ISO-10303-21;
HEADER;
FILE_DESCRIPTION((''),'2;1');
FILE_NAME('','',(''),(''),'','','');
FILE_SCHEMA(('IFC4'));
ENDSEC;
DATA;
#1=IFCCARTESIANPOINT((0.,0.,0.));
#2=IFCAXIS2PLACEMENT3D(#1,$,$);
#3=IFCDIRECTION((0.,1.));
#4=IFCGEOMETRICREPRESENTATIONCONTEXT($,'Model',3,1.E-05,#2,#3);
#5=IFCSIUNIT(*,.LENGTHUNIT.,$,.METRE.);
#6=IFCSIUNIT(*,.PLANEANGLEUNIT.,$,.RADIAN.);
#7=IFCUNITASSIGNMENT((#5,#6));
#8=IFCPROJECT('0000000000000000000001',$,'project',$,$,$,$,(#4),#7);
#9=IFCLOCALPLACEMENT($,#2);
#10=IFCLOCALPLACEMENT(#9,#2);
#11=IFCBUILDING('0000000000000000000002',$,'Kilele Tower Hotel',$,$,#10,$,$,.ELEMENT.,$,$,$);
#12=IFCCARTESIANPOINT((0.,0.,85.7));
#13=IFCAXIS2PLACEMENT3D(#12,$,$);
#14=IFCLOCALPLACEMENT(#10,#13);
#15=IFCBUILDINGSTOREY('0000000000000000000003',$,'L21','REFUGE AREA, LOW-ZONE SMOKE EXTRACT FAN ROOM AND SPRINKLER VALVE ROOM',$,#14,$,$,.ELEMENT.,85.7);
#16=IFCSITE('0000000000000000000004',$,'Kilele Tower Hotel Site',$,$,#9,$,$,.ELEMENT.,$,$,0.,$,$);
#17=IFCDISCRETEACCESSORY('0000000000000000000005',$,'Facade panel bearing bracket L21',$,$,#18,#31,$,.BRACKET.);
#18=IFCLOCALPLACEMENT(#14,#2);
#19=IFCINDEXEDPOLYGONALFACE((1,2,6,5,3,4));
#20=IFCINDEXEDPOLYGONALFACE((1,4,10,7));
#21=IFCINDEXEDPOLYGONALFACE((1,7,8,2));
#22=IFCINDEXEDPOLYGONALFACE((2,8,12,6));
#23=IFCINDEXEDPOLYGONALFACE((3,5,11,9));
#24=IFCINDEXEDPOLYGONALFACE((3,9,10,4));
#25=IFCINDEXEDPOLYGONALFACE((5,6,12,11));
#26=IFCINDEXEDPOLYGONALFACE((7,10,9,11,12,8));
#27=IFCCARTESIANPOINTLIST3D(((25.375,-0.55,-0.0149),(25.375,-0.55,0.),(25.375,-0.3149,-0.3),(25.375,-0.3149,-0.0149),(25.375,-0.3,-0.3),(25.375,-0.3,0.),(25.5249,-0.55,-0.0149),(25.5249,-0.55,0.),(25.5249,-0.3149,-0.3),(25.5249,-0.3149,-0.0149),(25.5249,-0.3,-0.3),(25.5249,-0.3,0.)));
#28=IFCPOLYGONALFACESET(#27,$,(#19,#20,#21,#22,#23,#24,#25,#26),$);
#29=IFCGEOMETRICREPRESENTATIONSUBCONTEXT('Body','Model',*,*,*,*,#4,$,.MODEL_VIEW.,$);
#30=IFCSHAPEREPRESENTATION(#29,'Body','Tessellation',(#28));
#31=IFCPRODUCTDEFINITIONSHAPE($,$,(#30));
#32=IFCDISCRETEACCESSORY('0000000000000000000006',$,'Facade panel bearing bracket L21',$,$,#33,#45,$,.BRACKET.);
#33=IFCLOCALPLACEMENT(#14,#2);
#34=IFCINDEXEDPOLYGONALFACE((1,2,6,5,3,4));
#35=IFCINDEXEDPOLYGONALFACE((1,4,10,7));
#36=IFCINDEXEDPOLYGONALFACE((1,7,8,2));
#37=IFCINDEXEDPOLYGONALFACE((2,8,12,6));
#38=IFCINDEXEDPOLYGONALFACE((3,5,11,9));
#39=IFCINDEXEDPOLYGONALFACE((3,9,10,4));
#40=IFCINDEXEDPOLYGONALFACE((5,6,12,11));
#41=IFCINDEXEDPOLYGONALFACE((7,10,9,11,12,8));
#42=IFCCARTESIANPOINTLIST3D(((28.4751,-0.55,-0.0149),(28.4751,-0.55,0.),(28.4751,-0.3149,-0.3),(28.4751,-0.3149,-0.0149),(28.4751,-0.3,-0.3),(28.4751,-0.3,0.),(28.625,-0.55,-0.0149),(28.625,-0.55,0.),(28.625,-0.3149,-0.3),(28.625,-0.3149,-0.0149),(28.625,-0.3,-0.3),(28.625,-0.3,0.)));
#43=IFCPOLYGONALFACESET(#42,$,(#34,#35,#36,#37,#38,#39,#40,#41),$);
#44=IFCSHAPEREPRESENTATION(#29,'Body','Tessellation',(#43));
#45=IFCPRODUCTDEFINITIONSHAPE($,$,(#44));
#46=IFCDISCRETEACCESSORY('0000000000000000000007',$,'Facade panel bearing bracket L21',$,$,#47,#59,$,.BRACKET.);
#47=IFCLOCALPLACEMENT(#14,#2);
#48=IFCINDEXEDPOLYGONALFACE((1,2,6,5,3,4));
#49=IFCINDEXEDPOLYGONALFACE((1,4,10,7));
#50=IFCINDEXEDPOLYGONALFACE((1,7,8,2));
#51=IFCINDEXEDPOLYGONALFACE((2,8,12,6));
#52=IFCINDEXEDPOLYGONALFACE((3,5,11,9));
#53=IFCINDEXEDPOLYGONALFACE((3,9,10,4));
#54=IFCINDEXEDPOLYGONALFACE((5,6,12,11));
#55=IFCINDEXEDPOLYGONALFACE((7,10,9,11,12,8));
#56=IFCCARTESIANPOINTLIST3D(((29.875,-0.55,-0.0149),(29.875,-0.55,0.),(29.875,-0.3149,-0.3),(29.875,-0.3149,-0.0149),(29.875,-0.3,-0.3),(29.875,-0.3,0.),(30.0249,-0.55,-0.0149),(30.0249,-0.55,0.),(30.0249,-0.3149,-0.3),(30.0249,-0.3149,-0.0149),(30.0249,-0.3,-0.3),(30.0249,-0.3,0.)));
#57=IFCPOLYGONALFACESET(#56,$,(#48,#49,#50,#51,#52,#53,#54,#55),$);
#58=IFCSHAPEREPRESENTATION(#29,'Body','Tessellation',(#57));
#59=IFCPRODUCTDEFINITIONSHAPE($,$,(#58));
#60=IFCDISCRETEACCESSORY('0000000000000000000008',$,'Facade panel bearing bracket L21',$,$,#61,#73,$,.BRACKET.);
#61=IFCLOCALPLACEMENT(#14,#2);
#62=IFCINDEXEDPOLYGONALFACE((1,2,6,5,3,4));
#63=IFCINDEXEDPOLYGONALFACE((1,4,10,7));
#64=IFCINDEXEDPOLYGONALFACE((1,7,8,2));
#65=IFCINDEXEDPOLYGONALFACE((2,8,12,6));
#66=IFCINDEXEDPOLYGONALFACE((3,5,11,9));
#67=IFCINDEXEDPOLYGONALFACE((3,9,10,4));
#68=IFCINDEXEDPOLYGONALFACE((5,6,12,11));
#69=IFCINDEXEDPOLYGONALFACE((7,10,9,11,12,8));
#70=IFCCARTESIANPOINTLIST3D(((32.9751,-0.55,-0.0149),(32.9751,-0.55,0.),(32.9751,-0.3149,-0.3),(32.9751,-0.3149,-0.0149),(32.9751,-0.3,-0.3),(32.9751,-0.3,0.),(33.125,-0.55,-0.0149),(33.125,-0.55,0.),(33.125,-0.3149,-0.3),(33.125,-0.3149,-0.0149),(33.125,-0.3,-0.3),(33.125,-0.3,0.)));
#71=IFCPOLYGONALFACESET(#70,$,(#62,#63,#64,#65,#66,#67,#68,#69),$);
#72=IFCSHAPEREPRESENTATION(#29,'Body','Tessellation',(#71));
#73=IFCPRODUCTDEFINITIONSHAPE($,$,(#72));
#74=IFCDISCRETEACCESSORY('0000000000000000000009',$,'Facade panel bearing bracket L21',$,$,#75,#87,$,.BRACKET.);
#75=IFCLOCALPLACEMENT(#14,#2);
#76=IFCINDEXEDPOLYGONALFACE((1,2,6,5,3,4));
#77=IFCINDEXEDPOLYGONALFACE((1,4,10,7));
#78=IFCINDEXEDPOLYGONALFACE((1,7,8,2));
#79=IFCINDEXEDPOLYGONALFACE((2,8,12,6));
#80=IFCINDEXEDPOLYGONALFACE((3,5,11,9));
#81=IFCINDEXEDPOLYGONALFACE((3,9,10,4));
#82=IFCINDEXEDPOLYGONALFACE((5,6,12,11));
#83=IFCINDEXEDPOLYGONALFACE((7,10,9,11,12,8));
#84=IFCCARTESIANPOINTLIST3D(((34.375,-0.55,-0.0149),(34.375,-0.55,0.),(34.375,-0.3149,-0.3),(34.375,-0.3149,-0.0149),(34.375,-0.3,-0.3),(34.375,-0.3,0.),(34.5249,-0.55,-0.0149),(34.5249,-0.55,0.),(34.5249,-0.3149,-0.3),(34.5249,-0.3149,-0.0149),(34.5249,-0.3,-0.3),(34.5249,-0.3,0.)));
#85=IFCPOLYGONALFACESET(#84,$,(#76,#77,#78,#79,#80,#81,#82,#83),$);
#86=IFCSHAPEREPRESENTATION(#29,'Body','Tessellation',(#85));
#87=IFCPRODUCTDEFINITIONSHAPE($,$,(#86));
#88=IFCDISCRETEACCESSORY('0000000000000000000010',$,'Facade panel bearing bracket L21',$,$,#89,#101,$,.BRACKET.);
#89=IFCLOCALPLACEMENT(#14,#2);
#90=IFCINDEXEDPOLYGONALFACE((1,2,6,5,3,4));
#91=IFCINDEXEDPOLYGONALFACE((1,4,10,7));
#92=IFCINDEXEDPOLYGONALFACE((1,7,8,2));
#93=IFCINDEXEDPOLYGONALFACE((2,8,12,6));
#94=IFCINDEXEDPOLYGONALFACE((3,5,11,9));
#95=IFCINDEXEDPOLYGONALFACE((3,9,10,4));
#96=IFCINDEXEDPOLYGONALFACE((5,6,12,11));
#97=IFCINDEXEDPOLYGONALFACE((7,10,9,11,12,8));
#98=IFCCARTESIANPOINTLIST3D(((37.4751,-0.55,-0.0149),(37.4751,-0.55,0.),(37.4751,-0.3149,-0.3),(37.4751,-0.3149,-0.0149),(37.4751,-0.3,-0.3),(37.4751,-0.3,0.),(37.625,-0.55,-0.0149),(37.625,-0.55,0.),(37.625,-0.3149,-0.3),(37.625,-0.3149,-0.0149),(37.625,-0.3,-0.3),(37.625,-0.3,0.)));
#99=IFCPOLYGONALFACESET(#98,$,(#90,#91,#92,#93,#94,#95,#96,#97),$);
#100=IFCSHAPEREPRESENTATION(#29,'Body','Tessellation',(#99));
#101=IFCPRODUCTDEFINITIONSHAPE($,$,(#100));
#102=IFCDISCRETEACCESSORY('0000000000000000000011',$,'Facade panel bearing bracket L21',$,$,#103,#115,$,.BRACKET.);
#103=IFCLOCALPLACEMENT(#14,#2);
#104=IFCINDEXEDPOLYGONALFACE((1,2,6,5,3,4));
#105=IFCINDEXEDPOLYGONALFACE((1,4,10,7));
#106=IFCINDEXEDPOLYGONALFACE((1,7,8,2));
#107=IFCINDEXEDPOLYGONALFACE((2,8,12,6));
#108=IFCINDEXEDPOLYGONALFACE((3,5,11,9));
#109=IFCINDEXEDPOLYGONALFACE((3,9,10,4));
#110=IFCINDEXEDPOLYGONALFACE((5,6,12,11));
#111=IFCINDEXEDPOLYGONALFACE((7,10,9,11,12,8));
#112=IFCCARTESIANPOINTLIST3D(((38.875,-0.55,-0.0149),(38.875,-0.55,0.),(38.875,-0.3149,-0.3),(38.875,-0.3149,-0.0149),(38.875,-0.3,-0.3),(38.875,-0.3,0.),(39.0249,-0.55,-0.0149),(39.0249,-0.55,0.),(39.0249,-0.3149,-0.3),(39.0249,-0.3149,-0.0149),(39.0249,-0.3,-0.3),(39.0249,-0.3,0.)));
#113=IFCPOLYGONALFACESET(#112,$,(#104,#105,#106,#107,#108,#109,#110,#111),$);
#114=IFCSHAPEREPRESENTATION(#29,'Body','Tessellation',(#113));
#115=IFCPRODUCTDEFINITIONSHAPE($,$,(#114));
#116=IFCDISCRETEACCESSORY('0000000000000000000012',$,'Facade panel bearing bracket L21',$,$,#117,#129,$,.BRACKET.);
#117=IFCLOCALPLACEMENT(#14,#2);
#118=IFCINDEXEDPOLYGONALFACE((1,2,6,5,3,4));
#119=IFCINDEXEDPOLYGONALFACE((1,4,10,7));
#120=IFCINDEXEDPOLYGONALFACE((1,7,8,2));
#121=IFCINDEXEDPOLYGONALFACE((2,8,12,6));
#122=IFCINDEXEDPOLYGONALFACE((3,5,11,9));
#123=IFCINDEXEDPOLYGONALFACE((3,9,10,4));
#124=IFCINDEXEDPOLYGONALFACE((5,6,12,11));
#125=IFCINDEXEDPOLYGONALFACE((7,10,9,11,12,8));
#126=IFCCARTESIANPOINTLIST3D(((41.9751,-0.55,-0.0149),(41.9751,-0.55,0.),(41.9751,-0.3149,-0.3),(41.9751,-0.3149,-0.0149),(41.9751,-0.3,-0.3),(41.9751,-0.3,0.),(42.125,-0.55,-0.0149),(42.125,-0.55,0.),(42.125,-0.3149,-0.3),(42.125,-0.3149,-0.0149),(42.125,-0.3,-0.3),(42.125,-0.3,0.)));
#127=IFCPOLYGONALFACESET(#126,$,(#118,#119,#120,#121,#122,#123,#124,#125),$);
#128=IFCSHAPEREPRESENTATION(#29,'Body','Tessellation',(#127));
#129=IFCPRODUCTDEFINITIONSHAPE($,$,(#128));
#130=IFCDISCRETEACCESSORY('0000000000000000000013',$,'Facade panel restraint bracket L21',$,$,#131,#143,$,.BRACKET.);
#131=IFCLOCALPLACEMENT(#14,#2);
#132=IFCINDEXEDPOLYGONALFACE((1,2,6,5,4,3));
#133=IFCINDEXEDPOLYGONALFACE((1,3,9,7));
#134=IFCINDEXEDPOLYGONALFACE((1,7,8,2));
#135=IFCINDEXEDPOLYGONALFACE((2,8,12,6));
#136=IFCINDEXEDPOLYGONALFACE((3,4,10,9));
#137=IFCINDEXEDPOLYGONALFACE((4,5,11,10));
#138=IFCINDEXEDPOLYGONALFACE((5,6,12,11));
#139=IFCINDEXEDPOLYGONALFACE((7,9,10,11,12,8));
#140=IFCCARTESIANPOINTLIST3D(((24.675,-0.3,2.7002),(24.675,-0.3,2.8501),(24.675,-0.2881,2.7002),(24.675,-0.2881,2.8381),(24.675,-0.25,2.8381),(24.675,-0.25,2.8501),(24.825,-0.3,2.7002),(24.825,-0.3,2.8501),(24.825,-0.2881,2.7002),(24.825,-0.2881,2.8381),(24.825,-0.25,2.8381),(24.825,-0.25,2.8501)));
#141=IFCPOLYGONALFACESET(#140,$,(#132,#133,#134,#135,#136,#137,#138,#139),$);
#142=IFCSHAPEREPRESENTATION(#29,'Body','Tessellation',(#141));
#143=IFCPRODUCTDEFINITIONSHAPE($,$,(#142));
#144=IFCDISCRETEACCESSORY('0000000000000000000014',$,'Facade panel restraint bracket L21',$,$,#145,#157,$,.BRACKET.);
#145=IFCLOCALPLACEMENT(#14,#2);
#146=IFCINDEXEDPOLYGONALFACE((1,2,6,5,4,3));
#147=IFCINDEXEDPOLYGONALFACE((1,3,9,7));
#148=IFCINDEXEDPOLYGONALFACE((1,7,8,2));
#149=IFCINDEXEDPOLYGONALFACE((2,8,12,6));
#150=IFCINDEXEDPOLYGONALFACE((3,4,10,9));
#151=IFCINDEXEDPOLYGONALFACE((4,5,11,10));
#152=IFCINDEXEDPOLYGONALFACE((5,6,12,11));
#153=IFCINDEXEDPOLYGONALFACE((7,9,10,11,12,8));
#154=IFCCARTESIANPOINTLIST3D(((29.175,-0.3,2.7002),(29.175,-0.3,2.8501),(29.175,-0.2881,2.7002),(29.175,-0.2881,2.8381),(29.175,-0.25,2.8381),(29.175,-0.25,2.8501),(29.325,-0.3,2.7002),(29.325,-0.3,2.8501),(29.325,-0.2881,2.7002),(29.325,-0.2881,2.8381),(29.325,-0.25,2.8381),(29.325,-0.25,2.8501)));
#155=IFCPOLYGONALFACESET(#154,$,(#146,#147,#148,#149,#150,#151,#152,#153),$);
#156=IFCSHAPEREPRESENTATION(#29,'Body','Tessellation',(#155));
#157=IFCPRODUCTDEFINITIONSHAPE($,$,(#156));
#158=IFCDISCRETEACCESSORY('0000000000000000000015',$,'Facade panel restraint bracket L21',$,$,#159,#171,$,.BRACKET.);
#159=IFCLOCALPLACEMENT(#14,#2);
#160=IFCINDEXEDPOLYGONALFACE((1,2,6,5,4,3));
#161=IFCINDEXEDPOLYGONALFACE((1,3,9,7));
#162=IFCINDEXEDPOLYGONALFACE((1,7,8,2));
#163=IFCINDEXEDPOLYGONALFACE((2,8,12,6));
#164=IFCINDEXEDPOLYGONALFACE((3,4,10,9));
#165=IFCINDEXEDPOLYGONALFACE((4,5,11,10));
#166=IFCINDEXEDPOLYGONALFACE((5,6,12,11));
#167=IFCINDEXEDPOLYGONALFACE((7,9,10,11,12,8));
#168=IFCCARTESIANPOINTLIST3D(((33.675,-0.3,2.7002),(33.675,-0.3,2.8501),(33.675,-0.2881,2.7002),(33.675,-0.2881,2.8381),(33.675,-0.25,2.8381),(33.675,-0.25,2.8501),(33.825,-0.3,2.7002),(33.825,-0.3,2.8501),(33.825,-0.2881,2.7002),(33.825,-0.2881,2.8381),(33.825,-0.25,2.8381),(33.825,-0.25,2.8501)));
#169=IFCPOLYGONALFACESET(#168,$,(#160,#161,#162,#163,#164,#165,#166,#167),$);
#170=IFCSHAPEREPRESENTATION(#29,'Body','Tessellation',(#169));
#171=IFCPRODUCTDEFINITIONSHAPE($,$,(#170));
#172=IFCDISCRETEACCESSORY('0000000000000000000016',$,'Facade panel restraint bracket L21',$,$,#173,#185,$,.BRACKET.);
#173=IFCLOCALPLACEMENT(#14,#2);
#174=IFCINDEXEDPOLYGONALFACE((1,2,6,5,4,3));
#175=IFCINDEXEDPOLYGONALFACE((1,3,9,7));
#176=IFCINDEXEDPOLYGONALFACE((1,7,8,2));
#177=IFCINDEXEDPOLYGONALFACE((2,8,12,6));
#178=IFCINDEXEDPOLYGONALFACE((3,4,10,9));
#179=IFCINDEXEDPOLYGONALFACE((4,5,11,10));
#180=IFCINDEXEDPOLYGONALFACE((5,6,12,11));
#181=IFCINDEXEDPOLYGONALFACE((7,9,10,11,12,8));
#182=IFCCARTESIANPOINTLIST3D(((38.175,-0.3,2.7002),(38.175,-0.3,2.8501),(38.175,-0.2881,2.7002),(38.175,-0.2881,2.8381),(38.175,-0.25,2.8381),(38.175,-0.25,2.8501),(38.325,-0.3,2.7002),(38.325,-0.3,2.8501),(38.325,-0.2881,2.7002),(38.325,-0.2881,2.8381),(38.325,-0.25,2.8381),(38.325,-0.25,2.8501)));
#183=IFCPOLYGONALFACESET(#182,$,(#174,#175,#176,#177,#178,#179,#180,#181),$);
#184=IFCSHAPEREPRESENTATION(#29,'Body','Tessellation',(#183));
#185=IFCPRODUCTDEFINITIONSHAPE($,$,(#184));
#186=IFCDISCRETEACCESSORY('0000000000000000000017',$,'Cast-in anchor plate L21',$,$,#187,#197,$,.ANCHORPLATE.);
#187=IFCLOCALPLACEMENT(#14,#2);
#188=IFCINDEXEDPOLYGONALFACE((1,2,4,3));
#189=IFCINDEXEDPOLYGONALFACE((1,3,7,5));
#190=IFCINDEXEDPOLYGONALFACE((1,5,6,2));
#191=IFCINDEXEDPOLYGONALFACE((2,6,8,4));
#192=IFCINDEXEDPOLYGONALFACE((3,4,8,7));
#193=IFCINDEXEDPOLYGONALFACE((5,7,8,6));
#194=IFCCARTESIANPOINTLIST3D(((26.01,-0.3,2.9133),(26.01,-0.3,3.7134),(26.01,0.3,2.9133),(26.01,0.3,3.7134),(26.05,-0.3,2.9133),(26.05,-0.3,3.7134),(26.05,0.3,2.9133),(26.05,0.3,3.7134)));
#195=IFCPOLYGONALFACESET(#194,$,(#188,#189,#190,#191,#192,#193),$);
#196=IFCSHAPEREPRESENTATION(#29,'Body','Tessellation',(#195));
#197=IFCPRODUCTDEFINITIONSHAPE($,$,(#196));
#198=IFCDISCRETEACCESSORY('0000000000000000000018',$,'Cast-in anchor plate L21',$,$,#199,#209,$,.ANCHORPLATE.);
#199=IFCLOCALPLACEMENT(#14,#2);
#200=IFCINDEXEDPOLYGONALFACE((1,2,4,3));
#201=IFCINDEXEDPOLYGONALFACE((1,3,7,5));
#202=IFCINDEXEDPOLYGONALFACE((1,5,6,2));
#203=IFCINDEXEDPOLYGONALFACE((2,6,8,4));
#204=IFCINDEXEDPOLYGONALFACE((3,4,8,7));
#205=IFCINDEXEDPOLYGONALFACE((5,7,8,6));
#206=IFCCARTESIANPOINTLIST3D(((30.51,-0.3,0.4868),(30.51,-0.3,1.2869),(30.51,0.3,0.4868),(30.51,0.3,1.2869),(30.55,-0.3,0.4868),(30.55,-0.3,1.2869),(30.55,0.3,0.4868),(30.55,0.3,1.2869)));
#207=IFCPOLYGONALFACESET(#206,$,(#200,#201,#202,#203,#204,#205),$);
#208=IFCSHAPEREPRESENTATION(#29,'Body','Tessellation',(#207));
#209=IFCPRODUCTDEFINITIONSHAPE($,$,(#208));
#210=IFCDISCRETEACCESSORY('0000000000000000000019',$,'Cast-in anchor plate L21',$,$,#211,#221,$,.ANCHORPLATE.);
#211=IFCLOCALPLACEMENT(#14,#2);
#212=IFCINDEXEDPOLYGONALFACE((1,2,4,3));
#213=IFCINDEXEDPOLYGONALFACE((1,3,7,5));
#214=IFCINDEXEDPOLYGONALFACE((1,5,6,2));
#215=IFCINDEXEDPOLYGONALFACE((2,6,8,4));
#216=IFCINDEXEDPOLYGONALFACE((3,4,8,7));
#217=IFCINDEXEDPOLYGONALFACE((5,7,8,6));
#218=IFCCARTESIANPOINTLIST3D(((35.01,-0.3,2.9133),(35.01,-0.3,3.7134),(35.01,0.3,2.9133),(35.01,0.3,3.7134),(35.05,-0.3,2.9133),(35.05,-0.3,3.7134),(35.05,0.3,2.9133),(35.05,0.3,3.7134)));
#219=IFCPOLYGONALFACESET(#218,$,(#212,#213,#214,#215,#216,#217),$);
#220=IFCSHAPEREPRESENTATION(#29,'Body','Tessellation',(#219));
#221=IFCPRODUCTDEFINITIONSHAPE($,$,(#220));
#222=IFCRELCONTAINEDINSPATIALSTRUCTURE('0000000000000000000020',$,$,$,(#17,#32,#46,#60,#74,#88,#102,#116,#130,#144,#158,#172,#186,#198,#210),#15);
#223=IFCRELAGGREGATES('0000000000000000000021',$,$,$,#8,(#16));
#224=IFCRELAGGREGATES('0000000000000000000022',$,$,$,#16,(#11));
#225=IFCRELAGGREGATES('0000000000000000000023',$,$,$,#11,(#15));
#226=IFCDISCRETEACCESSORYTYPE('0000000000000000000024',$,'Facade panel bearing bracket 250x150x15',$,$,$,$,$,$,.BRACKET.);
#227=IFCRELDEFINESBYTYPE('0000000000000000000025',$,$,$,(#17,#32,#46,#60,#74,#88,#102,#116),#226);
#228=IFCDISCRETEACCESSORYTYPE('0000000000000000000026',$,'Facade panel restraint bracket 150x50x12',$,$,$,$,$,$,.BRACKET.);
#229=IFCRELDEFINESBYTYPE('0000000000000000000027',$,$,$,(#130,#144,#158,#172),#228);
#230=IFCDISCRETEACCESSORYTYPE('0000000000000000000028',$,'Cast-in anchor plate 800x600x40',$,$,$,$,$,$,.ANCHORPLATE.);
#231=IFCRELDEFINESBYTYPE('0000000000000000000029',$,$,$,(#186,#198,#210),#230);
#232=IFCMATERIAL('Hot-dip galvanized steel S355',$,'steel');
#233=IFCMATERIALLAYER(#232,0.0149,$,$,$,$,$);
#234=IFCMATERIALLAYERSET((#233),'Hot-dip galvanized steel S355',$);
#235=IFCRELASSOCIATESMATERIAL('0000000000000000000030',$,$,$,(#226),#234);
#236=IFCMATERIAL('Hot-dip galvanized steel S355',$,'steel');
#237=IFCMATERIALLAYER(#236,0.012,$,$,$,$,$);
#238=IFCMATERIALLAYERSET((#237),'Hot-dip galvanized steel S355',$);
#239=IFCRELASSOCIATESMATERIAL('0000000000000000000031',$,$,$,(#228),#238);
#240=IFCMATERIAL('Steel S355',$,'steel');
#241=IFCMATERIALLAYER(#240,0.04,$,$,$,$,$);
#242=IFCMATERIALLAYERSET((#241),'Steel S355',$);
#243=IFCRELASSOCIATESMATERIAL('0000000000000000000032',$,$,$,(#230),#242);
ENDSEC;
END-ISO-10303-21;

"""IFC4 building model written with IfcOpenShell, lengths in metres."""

from ifc_helpers import new_model, si_unit, direction, frame, origin, place, context, subcontext, project, spatial, polyline, outline, extrude, source, transform, mapped, material, layer, layer_set, type_object, element, save


model = new_model("IFC4")

# Units and contexts
model_context = context("Model", 3, precision=1e-05, world=origin(), true_north=direction((0.0, 1.0)))
body_context = subcontext(model_context, "Body", "Model", "MODEL_VIEW")
ifc_project = project(units=[si_unit("LENGTHUNIT", "METRE"), si_unit("PLANEANGLEUNIT", "RADIAN")], contexts=[model_context])

# Site, building, storey
site_placement = place(None, origin())
site = spatial("IfcSite", under=ifc_project, at=site_placement, Name="Kilele Tower Hotel Site", CompositionType="ELEMENT", RefElevation=0.0)
building_placement = place(site_placement, origin())
building = spatial("IfcBuilding", under=site, at=building_placement, Name="Kilele Tower Hotel", CompositionType="ELEMENT")
storey_placement = place(building_placement, frame((0.0, 0.0, 85.7)))
storey = spatial("IfcBuildingStorey", under=building, at=storey_placement, Name="L21", Description="REFUGE AREA, LOW-ZONE SMOKE EXTRACT FAN ROOM AND SPRINKLER VALVE ROOM", CompositionType="ELEMENT", Elevation=85.7)

# Discrete accessories
ifc_material_1 = material(Name="Hot-dip galvanized steel S355", Category="steel")
ifc_layer_1 = layer(ifc_material_1, 0.0149)
ifc_layer_set_1 = layer_set([ifc_layer_1], Name="Hot-dip galvanized steel S355")
discrete_accessory_type_1 = type_object("IfcDiscreteAccessoryType", Name="Facade panel bearing bracket 250x150x15", PredefinedType="BRACKET", material=ifc_layer_set_1)
shared_shape_1 = source(origin(), body_context, "Body", "SweptSolid", [
    extrude(outline(polyline([(0.0, 0.0), (0.25, 0.0), (0.25, -0.0149), (0.0149, -0.0149), (0.0149, -0.3), (0.0, -0.3), (0.0, 0.0)])), origin(), (0.0, 0.0, 1.0), 0.1499),
])
for number, where, z_axis, x_axis, name in (
    (1, (25.5249, -0.3, 0.0), (-1.0, 0.0, 0.0), (0.0, -1.0, 0.0), "Facade panel bearing bracket L21"),
    (2, (28.625, -0.3, 0.0), (-1.0, 0.0, 0.0), (0.0, -1.0, 0.0), "Facade panel bearing bracket L21"),
    (3, (30.0249, -0.3, 0.0), (-1.0, 0.0, 0.0), (0.0, -1.0, 0.0), "Facade panel bearing bracket L21"),
    (4, (33.125, -0.3, 0.0), (-1.0, 0.0, 0.0), (0.0, -1.0, 0.0), "Facade panel bearing bracket L21"),
    (5, (34.5249, -0.3, 0.0), (-1.0, 0.0, 0.0), (0.0, -1.0, 0.0), "Facade panel bearing bracket L21"),
    (6, (37.625, -0.3, 0.0), (-1.0, 0.0, 0.0), (0.0, -1.0, 0.0), "Facade panel bearing bracket L21"),
    (7, (39.0249, -0.3, 0.0), (-1.0, 0.0, 0.0), (0.0, -1.0, 0.0), "Facade panel bearing bracket L21"),
    (8, (42.125, -0.3, 0.0), (-1.0, 0.0, 0.0), (0.0, -1.0, 0.0), "Facade panel bearing bracket L21"),
):
    element("IfcDiscreteAccessory", number, at=place(storey_placement, frame(where, z_axis=z_axis, x_axis=x_axis)), inside=storey, type_object=discrete_accessory_type_1, Name=name, PredefinedType="BRACKET", context=body_context, shape_type="MappedRepresentation", body=[
        mapped(shared_shape_1, transform((0.0, 0.0, 0.0))),
    ])
ifc_material_2 = material(Name="Hot-dip galvanized steel S355", Category="steel")
ifc_layer_2 = layer(ifc_material_2, 0.012)
ifc_layer_set_2 = layer_set([ifc_layer_2], Name="Hot-dip galvanized steel S355")
discrete_accessory_type_2 = type_object("IfcDiscreteAccessoryType", Name="Facade panel restraint bracket 150x50x12", PredefinedType="BRACKET", material=ifc_layer_set_2)
shared_shape_2 = source(origin(), body_context, "Body", "SweptSolid", [
    extrude(outline(polyline([(0.0, 0.0), (0.0, -0.1499), (-0.012, -0.1499), (-0.012, -0.012), (-0.05, -0.012), (-0.05, 0.0), (0.0, 0.0)])), origin(), (0.0, 0.0, 1.0), 0.1499),
])
for number, where, z_axis, x_axis, name in (
    (9, (24.825, -0.3, 2.8501), (-1.0, 0.0, 0.0), (0.0, -1.0, 0.0), "Facade panel restraint bracket L21"),
    (10, (29.325, -0.3, 2.8501), (-1.0, 0.0, 0.0), (0.0, -1.0, 0.0), "Facade panel restraint bracket L21"),
    (11, (33.825, -0.3, 2.8501), (-1.0, 0.0, 0.0), (0.0, -1.0, 0.0), "Facade panel restraint bracket L21"),
    (12, (38.325, -0.3, 2.8501), (-1.0, 0.0, 0.0), (0.0, -1.0, 0.0), "Facade panel restraint bracket L21"),
):
    element("IfcDiscreteAccessory", number, at=place(storey_placement, frame(where, z_axis=z_axis, x_axis=x_axis)), inside=storey, type_object=discrete_accessory_type_2, Name=name, PredefinedType="BRACKET", context=body_context, shape_type="MappedRepresentation", body=[
        mapped(shared_shape_2, transform((0.0, 0.0, 0.0))),
    ])
ifc_material_3 = material(Name="Steel S355", Category="steel")
ifc_layer_3 = layer(ifc_material_3, 0.04)
ifc_layer_set_3 = layer_set([ifc_layer_3], Name="Steel S355")
discrete_accessory_type_3 = type_object("IfcDiscreteAccessoryType", Name="Cast-in anchor plate 800x600x40", PredefinedType="ANCHORPLATE", material=ifc_layer_set_3)
shared_shape_3 = source(origin(), body_context, "Body", "SweptSolid", [
    extrude(outline(polyline([(0.0, 0.0), (0.04, 0.0), (0.04, 0.8), (0.0, 0.8), (0.0, 0.0)])), origin(), (0.0, 0.0, 1.0), 0.6001),
])
for number, where, z_axis, x_axis, name in (
    (13, (26.05, -0.3, 2.9133), (0.0, 1.0, 0.0), (-1.0, 0.0, 0.0), "Cast-in anchor plate L21"),
    (14, (30.55, -0.3, 0.4868), (0.0, 1.0, 0.0), (-1.0, 0.0, 0.0), "Cast-in anchor plate L21"),
    (15, (35.05, -0.3, 2.9133), (0.0, 1.0, 0.0), (-1.0, 0.0, 0.0), "Cast-in anchor plate L21"),
):
    element("IfcDiscreteAccessory", number, at=place(storey_placement, frame(where, z_axis=z_axis, x_axis=x_axis)), inside=storey, type_object=discrete_accessory_type_3, Name=name, PredefinedType="ANCHORPLATE", context=body_context, shape_type="MappedRepresentation", body=[
        mapped(shared_shape_3, transform((0.0, 0.0, 0.0))),
    ])

save(model, "model.ifc")
